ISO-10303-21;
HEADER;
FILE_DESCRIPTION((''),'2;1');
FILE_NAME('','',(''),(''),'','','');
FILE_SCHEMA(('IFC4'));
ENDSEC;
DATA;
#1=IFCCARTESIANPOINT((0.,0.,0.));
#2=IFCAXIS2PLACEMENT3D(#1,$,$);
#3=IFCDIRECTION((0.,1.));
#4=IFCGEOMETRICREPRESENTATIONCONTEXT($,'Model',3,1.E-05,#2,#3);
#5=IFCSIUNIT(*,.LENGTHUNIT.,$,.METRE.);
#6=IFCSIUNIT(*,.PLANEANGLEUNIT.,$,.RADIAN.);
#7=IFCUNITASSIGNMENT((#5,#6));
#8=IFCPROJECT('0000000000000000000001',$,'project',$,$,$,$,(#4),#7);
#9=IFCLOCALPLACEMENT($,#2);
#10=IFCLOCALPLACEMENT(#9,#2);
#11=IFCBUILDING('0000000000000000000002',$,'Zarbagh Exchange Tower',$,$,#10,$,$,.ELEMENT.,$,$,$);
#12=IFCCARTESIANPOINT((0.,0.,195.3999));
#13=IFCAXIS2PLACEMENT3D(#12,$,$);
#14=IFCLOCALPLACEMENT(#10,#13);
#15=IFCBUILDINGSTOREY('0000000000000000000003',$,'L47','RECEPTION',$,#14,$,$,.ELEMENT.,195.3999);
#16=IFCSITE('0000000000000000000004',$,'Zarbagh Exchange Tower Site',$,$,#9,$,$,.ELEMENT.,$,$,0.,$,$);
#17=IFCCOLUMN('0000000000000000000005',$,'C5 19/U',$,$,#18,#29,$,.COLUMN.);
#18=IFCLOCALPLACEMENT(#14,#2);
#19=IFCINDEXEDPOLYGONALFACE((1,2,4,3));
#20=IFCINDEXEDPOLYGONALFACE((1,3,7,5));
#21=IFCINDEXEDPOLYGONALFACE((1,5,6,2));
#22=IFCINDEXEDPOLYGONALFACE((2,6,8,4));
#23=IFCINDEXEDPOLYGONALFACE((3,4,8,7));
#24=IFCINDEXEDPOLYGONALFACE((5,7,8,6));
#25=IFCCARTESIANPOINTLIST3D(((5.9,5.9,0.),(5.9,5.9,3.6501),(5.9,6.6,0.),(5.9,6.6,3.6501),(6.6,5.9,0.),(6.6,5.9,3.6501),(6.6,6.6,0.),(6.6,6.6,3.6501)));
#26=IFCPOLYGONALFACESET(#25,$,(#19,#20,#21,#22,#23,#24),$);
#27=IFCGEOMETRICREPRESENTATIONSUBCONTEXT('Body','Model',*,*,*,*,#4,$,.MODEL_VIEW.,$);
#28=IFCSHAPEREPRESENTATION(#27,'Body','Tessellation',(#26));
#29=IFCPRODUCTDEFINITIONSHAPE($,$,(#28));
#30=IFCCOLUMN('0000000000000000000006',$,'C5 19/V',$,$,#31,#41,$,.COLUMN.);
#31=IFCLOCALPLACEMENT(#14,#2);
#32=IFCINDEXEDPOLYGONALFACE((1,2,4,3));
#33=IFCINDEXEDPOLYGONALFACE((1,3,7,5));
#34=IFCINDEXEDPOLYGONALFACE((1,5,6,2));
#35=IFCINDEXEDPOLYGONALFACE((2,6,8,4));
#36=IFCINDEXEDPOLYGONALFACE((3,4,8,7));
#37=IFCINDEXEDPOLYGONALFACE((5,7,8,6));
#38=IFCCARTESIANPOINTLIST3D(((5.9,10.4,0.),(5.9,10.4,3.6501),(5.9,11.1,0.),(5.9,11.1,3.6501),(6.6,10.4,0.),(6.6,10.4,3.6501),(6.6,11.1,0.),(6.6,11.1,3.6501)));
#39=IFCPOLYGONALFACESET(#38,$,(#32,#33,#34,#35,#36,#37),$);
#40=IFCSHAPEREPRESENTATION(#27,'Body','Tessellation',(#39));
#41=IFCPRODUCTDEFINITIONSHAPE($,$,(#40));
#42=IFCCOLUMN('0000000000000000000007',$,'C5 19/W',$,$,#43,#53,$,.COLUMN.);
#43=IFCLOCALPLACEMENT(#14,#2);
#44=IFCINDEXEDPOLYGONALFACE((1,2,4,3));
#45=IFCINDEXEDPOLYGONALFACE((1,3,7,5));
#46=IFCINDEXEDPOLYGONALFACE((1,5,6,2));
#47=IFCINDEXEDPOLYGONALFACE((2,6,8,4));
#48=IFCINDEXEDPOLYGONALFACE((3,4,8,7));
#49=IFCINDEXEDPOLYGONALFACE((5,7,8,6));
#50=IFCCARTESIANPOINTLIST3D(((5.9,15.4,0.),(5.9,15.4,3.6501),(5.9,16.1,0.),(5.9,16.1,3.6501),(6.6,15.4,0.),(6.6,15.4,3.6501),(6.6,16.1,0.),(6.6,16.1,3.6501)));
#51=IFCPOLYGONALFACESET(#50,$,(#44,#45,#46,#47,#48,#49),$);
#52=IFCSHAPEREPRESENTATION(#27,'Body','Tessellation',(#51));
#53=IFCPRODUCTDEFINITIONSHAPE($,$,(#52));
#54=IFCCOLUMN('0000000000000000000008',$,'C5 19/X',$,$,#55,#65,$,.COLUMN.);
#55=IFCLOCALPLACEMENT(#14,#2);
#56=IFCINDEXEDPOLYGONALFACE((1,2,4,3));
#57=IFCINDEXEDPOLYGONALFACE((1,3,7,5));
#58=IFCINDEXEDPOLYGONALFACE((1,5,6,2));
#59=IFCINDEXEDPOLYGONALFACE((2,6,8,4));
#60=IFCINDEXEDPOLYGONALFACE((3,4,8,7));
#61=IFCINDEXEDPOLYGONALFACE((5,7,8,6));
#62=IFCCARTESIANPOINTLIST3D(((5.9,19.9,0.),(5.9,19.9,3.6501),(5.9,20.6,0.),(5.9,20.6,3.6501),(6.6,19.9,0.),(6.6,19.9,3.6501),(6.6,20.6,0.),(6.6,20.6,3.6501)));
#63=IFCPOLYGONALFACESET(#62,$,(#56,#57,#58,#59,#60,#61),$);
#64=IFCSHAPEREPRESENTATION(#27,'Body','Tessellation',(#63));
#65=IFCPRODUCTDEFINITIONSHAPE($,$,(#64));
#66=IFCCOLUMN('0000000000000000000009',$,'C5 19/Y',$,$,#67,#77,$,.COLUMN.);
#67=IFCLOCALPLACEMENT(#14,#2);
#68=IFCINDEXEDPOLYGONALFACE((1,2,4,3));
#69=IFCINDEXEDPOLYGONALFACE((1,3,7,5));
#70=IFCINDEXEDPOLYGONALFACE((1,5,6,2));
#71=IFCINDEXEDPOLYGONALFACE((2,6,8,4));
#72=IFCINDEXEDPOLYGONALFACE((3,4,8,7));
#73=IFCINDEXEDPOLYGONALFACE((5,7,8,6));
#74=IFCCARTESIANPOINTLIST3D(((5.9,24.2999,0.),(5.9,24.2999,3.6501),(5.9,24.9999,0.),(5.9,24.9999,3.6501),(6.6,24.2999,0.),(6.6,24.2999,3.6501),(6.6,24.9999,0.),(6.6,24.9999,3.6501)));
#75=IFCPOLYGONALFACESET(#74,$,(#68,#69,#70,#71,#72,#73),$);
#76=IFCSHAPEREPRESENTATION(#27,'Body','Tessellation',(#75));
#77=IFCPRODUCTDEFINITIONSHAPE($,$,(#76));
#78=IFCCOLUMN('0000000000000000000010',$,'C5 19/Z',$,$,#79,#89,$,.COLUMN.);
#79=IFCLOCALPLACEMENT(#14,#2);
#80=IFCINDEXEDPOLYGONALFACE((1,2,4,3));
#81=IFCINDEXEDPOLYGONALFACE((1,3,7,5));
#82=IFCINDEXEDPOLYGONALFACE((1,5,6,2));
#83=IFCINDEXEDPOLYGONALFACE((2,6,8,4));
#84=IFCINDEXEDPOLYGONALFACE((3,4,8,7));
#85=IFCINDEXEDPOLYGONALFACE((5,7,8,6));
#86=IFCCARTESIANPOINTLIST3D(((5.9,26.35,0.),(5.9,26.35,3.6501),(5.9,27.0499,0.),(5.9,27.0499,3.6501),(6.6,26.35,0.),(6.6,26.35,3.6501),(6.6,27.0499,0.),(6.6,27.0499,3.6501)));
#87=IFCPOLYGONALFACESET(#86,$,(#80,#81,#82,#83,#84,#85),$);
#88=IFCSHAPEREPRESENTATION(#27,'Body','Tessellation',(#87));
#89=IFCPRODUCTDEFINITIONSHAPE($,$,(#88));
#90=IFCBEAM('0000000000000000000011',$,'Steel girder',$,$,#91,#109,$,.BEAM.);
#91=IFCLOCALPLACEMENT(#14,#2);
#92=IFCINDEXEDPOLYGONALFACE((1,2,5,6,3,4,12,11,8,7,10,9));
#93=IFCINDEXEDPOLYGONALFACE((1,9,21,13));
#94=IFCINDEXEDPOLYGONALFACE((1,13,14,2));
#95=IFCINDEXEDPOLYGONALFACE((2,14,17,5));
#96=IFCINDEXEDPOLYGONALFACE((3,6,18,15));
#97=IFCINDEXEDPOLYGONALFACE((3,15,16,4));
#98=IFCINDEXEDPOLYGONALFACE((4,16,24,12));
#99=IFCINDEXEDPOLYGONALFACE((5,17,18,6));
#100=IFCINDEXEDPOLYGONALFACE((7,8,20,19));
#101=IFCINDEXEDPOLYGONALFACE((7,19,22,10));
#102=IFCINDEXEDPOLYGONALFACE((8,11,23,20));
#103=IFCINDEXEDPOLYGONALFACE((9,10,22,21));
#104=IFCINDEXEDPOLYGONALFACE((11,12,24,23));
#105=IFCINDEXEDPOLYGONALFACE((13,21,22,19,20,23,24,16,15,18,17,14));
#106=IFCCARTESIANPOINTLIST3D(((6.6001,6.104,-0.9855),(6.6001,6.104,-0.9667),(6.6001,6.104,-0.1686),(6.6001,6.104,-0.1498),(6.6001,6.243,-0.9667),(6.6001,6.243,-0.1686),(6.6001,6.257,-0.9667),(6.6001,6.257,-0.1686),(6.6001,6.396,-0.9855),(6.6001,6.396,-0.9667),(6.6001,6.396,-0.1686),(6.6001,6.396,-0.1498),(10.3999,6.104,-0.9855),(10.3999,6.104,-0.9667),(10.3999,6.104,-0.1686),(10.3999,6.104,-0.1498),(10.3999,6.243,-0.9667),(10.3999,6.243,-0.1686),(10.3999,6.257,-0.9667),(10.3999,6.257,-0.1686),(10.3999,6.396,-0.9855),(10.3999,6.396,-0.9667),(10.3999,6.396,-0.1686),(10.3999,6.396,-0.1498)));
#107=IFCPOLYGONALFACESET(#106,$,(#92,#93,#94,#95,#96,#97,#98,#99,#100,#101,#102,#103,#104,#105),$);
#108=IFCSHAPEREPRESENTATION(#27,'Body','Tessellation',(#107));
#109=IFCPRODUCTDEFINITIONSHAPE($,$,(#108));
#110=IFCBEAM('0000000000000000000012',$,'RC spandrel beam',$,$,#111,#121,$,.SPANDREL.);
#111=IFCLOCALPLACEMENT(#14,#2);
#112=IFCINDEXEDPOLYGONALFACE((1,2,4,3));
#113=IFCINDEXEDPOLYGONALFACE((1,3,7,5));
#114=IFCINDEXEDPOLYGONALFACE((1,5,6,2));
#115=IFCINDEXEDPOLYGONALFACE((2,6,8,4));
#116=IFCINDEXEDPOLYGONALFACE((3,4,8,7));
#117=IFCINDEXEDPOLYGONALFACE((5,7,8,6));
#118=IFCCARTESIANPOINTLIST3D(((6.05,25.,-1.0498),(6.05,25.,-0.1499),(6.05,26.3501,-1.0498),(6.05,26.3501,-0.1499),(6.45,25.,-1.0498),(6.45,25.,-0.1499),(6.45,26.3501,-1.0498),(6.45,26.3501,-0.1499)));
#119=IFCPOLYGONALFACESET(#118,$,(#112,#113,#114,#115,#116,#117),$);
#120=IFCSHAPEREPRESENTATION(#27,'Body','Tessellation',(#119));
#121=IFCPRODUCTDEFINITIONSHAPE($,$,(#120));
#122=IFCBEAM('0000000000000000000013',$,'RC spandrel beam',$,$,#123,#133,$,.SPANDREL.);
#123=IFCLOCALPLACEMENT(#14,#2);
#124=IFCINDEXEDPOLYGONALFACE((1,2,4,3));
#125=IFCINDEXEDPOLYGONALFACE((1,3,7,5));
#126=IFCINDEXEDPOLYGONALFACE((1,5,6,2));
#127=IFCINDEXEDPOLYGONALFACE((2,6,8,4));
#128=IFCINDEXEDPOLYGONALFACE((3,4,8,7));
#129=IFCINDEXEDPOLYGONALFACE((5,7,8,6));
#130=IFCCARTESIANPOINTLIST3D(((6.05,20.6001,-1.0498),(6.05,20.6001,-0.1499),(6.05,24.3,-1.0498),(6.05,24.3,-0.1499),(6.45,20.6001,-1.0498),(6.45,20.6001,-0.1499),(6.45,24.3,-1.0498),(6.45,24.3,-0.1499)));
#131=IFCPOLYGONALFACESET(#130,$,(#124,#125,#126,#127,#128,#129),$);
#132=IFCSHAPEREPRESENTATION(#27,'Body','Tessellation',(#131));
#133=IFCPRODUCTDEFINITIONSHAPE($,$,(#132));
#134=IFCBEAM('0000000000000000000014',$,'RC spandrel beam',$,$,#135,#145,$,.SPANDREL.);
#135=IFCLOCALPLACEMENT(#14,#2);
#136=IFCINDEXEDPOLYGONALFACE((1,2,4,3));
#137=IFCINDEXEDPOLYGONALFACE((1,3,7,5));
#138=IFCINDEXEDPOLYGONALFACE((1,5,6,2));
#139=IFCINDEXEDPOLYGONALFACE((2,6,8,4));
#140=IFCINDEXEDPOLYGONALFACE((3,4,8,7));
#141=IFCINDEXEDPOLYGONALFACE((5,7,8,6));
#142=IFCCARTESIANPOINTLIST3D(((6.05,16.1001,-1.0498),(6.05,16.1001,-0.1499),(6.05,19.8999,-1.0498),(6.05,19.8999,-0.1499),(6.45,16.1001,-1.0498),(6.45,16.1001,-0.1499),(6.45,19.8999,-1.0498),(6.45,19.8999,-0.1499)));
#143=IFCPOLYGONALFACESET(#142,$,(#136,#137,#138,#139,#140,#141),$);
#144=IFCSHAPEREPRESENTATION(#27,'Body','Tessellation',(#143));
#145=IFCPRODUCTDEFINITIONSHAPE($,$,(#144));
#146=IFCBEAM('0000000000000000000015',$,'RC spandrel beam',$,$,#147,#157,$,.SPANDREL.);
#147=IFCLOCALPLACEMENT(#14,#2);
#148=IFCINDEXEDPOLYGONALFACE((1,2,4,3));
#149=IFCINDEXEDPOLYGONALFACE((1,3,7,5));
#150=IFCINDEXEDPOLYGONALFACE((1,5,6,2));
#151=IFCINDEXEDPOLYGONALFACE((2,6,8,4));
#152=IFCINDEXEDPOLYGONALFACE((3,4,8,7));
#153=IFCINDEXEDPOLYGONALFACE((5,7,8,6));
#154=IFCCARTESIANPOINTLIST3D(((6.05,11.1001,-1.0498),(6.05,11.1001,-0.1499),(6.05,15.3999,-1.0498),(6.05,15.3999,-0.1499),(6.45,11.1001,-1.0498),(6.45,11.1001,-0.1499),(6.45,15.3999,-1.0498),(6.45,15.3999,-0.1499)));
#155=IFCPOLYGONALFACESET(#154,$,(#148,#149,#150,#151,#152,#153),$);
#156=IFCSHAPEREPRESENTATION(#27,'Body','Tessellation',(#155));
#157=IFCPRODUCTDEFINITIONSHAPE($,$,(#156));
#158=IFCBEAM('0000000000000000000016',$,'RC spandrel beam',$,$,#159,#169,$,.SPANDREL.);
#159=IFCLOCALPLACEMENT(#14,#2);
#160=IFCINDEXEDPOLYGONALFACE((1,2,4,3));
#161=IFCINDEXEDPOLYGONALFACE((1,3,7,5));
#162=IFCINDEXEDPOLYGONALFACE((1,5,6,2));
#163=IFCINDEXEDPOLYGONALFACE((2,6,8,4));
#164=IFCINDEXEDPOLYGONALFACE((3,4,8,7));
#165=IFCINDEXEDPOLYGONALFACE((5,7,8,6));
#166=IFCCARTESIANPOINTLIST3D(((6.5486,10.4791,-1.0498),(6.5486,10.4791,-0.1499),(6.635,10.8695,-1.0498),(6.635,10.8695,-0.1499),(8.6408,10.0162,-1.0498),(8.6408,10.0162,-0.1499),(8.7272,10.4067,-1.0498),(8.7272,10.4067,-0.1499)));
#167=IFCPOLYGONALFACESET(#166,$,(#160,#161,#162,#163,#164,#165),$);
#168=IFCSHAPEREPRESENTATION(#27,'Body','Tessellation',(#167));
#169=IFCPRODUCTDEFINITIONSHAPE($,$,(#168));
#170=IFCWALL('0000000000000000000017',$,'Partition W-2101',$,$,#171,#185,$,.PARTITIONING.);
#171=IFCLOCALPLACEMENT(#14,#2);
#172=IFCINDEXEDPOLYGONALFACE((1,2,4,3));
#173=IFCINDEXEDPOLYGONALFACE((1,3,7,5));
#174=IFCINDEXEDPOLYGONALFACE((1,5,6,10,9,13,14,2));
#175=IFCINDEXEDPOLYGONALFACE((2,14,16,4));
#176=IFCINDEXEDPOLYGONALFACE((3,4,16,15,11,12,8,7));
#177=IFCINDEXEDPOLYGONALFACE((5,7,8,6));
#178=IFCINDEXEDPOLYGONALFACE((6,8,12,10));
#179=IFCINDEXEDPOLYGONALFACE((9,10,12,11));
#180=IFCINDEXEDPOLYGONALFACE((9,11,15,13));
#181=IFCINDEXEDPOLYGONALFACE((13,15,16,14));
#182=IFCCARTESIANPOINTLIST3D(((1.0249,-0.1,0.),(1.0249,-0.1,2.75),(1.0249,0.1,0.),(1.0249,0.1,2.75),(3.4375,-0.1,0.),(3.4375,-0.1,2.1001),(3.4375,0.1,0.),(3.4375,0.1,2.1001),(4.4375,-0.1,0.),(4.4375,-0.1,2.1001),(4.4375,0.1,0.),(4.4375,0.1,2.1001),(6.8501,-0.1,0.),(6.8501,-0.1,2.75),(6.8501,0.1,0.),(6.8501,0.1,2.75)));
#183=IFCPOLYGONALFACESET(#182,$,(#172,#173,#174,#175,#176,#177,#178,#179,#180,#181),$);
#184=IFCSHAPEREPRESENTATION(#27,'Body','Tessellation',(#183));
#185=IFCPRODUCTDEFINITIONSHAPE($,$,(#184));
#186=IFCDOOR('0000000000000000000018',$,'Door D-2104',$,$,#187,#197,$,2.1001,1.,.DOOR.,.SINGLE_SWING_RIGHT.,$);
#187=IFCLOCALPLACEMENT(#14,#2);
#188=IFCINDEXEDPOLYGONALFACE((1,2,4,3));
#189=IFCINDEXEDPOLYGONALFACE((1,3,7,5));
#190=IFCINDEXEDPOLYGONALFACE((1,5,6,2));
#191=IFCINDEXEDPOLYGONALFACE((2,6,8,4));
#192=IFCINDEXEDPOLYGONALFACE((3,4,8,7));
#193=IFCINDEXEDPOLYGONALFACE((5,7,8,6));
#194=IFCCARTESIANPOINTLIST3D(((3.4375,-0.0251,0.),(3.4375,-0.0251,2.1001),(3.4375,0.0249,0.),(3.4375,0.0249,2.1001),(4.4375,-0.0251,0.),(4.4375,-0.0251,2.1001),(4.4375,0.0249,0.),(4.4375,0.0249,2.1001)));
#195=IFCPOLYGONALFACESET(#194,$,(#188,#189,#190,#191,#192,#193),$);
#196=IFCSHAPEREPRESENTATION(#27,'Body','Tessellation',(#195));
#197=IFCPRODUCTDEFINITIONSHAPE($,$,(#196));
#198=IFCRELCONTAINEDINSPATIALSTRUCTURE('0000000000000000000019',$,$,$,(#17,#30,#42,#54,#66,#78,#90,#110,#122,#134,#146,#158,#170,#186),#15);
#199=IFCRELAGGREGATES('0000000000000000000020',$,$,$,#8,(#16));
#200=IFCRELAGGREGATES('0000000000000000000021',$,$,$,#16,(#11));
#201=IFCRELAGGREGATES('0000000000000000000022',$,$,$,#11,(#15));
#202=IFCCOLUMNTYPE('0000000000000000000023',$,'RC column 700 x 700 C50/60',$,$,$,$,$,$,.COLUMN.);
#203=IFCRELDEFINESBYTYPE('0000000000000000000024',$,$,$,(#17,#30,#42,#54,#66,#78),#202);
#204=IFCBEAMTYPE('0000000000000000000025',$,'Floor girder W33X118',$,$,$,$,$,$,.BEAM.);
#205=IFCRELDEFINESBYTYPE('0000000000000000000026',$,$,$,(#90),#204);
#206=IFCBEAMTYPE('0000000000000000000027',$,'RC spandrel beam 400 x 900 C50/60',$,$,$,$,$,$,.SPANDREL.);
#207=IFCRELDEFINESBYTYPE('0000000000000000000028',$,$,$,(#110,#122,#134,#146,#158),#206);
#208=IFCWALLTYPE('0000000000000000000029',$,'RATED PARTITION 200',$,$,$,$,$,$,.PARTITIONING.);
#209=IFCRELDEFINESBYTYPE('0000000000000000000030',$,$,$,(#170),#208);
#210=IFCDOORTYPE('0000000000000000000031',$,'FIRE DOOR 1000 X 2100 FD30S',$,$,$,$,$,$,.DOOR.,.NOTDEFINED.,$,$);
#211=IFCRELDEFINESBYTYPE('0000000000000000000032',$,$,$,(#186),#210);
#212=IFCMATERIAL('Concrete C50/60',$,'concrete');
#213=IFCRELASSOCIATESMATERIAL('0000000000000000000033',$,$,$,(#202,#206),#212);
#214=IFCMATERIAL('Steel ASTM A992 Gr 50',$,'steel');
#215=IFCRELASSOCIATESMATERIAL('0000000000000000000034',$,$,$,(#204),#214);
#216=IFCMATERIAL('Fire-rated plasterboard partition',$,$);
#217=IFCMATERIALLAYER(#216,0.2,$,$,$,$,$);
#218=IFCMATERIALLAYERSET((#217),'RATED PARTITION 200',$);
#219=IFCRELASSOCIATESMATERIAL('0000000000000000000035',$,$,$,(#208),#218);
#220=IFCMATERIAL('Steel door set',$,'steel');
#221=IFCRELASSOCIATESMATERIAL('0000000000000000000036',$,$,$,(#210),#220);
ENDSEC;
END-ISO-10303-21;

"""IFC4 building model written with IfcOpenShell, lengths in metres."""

from ifc_helpers import new_model, si_unit, direction, frame, frame_2d, origin, origin_2d, place, context, subcontext, project, spatial, rectangle, i_section, extrude, material, layer, layer_set, material_profile, profile_set, type_object, element, fill, save


model = new_model("IFC4")

# Units and contexts
model_context = context("Model", 3, precision=1e-05, world=origin(), true_north=direction((0.0, 1.0)))
body_context = subcontext(model_context, "Body", "Model", "MODEL_VIEW")
ifc_project = project(units=[si_unit("LENGTHUNIT", "METRE"), si_unit("PLANEANGLEUNIT", "RADIAN")], contexts=[model_context])

# Site, building, storey
site_placement = place(None, origin())
site = spatial("IfcSite", under=ifc_project, at=site_placement, Name="Zarbagh Exchange Tower Site", CompositionType="ELEMENT", RefElevation=0.0)
building_placement = place(site_placement, origin())
building = spatial("IfcBuilding", under=site, at=building_placement, Name="Zarbagh Exchange Tower", CompositionType="ELEMENT")
storey_placement = place(building_placement, frame((0.0, 0.0, 195.3999)))
storey = spatial("IfcBuildingStorey", under=building, at=storey_placement, Name="L47", Description="RECEPTION", CompositionType="ELEMENT", Elevation=195.3999)

# Columns
ifc_material_1 = material(Name="Concrete C50/60", Category="concrete")
ifc_material_profile_1 = material_profile(ifc_material_1, rectangle(XDim=0.7, YDim=0.7, at=origin_2d()), Name="RC column 700 x 700 C50/60")
ifc_profile_set_1 = profile_set([ifc_material_profile_1], Name="Concrete C50/60")
column_type = type_object("IfcColumnType", Name="RC column 700 x 700 C50/60", PredefinedType="COLUMN", material=ifc_profile_set_1)
for number, where, z_axis, x_axis, name in (
    (1, (6.25, 6.25, 0.0), (0.0, 0.0, 1.0), (1.0, 0.0, 0.0), "C5 19/U"),
    (2, (6.25, 10.75, 0.0), (0.0, 0.0, 1.0), (1.0, 0.0, 0.0), "C5 19/V"),
    (3, (6.25, 15.75, 0.0), (0.0, 0.0, 1.0), (1.0, 0.0, 0.0), "C5 19/W"),
    (4, (6.25, 20.25, 0.0), (0.0, 0.0, 1.0), (1.0, 0.0, 0.0), "C5 19/X"),
    (5, (6.25, 24.6499, 0.0), (0.0, 0.0, 1.0), (1.0, 0.0, 0.0), "C5 19/Y"),
    (6, (6.25, 26.7, 0.0), (0.0, 0.0, 1.0), (1.0, 0.0, 0.0), "C5 19/Z"),
):
    element("IfcColumn", number, at=place(storey_placement, frame(where, z_axis=z_axis, x_axis=x_axis)), inside=storey, type_object=column_type, Name=name, PredefinedType="COLUMN", context=body_context, shape_type="SweptSolid", body=[
        extrude(rectangle(XDim=0.7, YDim=0.7, at=origin_2d()), origin(), (0.0, 0.0, 1.0), 3.6501),
    ])

# Beams
ifc_material_2 = material(Name="Steel ASTM A992 Gr 50", Category="steel")
ifc_material_profile_2 = material_profile(ifc_material_2, i_section(OverallWidth=0.292, OverallDepth=0.8357, WebThickness=0.0139, FlangeThickness=0.0188, at=origin_2d()), Name="W33X118")
ifc_profile_set_2 = profile_set([ifc_material_profile_2], Name="Steel ASTM A992 Gr 50")
beam_type_1 = type_object("IfcBeamType", Name="Floor girder W33X118", PredefinedType="BEAM", material=ifc_profile_set_2)
beam_1_placement = place(storey_placement, frame((6.6001, 6.25, -0.5676), z_axis=(1.0, 0.0, 0.0), x_axis=(0.0, 1.0, 0.0)))
element("IfcBeam", 7, at=beam_1_placement, inside=storey, type_object=beam_type_1, Name="Steel girder", PredefinedType="BEAM", context=body_context, shape_type="SweptSolid", body=[
    extrude(i_section(OverallWidth=0.292, OverallDepth=0.8357, WebThickness=0.0139, FlangeThickness=0.0188, at=origin_2d()), origin(), (0.0, 0.0, 1.0), 3.7998),
])
ifc_material_profile_3 = material_profile(ifc_material_1, rectangle(XDim=0.3999, YDim=0.8999, at=origin_2d()), Name="RC spandrel beam 400 x 900 C50/60")
ifc_profile_set_3 = profile_set([ifc_material_profile_3], Name="Concrete C50/60")
beam_type_2 = type_object("IfcBeamType", Name="RC spandrel beam 400 x 900 C50/60", PredefinedType="SPANDREL", material=ifc_profile_set_3)
beam_2_placement = place(storey_placement, frame((6.25, 26.3501, -0.5999), z_axis=(0.0, -1.0, 0.0), x_axis=(1.0, 0.0, 0.0)))
element("IfcBeam", 8, at=beam_2_placement, inside=storey, type_object=beam_type_2, Name="RC spandrel beam", PredefinedType="SPANDREL", context=body_context, shape_type="SweptSolid", body=[
    extrude(rectangle(XDim=0.3999, YDim=0.8999, at=origin_2d()), origin(), (0.0, 0.0, 1.0), 1.3501),
])
beam_3_placement = place(storey_placement, frame((6.25, 24.3, -0.5999), z_axis=(0.0, -1.0, 0.0), x_axis=(1.0, 0.0, 0.0)))
element("IfcBeam", 9, at=beam_3_placement, inside=storey, type_object=beam_type_2, Name="RC spandrel beam", PredefinedType="SPANDREL", context=body_context, shape_type="SweptSolid", body=[
    extrude(rectangle(XDim=0.3999, YDim=0.8999, at=origin_2d()), origin(), (0.0, 0.0, 1.0), 3.7),
])
beam_4_placement = place(storey_placement, frame((6.25, 19.8999, -0.5999), z_axis=(0.0, -1.0, 0.0), x_axis=(1.0, 0.0, 0.0)))
element("IfcBeam", 10, at=beam_4_placement, inside=storey, type_object=beam_type_2, Name="RC spandrel beam", PredefinedType="SPANDREL", context=body_context, shape_type="SweptSolid", body=[
    extrude(rectangle(XDim=0.3999, YDim=0.8999, at=origin_2d()), origin(), (0.0, 0.0, 1.0), 3.7998),
])
beam_5_placement = place(storey_placement, frame((6.25, 15.3999, -0.5999), z_axis=(0.0, -1.0, 0.0), x_axis=(1.0, 0.0, 0.0)))
element("IfcBeam", 11, at=beam_5_placement, inside=storey, type_object=beam_type_2, Name="RC spandrel beam", PredefinedType="SPANDREL", context=body_context, shape_type="SweptSolid", body=[
    extrude(rectangle(XDim=0.3999, YDim=0.8999, at=origin_2d()), origin(), (0.0, 0.0, 1.0), 4.2998),
])
beam_6_placement = place(storey_placement, frame((6.5918, 10.6743, -0.5999), z_axis=(0.97639, -0.216014, 0.0), x_axis=(0.216014, 0.97639, 0.0)))
element("IfcBeam", 12, at=beam_6_placement, inside=storey, type_object=beam_type_2, Name="RC spandrel beam", PredefinedType="SPANDREL", context=body_context, shape_type="SweptSolid", body=[
    extrude(rectangle(XDim=0.3999, YDim=0.8999, at=origin_2d()), origin(), (0.0, 0.0, 1.0), 2.1428),
])

# Wall, opening, door
ifc_material_3 = material(Name="Fire-rated plasterboard partition")
ifc_layer_1 = layer(ifc_material_3, 0.2)
ifc_layer_set_1 = layer_set([ifc_layer_1], Name="RATED PARTITION 200")
wall_type_1 = type_object("IfcWallType", Name="RATED PARTITION 200", PredefinedType="PARTITIONING", material=ifc_layer_set_1)
wall_1_placement = place(storey_placement, frame((1.0249, 0.0, 0.0), z_axis=(0.0, 0.0, 1.0), x_axis=(1.0, 0.0, 0.0)))
wall_1 = element("IfcWall", 13, at=wall_1_placement, inside=storey, type_object=wall_type_1, Name="Partition W-2101", PredefinedType="PARTITIONING", context=body_context, shape_type="SweptSolid", body=[
    extrude(rectangle(XDim=5.8252, YDim=0.2, at=frame_2d((2.9126, 0.0))), origin(), (0.0, 0.0, 1.0), 2.75),
])
opening_1_placement = place(wall_1_placement, frame((2.4126, 0.0, 0.0)))
opening_1 = element("IfcOpeningElement", 14, at=opening_1_placement, cuts=wall_1, PredefinedType="OPENING", context=body_context, shape_type="SweptSolid", body=[
    extrude(rectangle(XDim=1.0, YDim=2.1001, at=frame_2d((0.5, 1.05))), frame((0.0, 0.1099, 0.0), z_axis=(0.0, -1.0, 0.0), x_axis=(1.0, 0.0, 0.0)), (0.0, 0.0, 1.0), 0.22),
])
ifc_material_4 = material(Name="Steel door set", Category="steel")
door_type_1 = type_object("IfcDoorType", Name="FIRE DOOR 1000 X 2100 FD30S", OperationType="NOTDEFINED", PredefinedType="DOOR", material=ifc_material_4)
door_1_placement = place(opening_1_placement, origin())
door_1 = element("IfcDoor", 15, at=door_1_placement, inside=storey, type_object=door_type_1, Name="Door D-2104", OperationType="SINGLE_SWING_RIGHT", OverallHeight=2.1001, OverallWidth=1.0, PredefinedType="DOOR", context=body_context, shape_type="SweptSolid", body=[
    extrude(rectangle(XDim=1.0, YDim=2.1001, at=frame_2d((0.5, 1.05))), frame((0.0, 0.0249, 0.0), z_axis=(0.0, -1.0, 0.0), x_axis=(1.0, 0.0, 0.0)), (0.0, 0.0, 1.0), 0.05),
])
fill(opening_1, door_1)

save(model, "model.ifc")
